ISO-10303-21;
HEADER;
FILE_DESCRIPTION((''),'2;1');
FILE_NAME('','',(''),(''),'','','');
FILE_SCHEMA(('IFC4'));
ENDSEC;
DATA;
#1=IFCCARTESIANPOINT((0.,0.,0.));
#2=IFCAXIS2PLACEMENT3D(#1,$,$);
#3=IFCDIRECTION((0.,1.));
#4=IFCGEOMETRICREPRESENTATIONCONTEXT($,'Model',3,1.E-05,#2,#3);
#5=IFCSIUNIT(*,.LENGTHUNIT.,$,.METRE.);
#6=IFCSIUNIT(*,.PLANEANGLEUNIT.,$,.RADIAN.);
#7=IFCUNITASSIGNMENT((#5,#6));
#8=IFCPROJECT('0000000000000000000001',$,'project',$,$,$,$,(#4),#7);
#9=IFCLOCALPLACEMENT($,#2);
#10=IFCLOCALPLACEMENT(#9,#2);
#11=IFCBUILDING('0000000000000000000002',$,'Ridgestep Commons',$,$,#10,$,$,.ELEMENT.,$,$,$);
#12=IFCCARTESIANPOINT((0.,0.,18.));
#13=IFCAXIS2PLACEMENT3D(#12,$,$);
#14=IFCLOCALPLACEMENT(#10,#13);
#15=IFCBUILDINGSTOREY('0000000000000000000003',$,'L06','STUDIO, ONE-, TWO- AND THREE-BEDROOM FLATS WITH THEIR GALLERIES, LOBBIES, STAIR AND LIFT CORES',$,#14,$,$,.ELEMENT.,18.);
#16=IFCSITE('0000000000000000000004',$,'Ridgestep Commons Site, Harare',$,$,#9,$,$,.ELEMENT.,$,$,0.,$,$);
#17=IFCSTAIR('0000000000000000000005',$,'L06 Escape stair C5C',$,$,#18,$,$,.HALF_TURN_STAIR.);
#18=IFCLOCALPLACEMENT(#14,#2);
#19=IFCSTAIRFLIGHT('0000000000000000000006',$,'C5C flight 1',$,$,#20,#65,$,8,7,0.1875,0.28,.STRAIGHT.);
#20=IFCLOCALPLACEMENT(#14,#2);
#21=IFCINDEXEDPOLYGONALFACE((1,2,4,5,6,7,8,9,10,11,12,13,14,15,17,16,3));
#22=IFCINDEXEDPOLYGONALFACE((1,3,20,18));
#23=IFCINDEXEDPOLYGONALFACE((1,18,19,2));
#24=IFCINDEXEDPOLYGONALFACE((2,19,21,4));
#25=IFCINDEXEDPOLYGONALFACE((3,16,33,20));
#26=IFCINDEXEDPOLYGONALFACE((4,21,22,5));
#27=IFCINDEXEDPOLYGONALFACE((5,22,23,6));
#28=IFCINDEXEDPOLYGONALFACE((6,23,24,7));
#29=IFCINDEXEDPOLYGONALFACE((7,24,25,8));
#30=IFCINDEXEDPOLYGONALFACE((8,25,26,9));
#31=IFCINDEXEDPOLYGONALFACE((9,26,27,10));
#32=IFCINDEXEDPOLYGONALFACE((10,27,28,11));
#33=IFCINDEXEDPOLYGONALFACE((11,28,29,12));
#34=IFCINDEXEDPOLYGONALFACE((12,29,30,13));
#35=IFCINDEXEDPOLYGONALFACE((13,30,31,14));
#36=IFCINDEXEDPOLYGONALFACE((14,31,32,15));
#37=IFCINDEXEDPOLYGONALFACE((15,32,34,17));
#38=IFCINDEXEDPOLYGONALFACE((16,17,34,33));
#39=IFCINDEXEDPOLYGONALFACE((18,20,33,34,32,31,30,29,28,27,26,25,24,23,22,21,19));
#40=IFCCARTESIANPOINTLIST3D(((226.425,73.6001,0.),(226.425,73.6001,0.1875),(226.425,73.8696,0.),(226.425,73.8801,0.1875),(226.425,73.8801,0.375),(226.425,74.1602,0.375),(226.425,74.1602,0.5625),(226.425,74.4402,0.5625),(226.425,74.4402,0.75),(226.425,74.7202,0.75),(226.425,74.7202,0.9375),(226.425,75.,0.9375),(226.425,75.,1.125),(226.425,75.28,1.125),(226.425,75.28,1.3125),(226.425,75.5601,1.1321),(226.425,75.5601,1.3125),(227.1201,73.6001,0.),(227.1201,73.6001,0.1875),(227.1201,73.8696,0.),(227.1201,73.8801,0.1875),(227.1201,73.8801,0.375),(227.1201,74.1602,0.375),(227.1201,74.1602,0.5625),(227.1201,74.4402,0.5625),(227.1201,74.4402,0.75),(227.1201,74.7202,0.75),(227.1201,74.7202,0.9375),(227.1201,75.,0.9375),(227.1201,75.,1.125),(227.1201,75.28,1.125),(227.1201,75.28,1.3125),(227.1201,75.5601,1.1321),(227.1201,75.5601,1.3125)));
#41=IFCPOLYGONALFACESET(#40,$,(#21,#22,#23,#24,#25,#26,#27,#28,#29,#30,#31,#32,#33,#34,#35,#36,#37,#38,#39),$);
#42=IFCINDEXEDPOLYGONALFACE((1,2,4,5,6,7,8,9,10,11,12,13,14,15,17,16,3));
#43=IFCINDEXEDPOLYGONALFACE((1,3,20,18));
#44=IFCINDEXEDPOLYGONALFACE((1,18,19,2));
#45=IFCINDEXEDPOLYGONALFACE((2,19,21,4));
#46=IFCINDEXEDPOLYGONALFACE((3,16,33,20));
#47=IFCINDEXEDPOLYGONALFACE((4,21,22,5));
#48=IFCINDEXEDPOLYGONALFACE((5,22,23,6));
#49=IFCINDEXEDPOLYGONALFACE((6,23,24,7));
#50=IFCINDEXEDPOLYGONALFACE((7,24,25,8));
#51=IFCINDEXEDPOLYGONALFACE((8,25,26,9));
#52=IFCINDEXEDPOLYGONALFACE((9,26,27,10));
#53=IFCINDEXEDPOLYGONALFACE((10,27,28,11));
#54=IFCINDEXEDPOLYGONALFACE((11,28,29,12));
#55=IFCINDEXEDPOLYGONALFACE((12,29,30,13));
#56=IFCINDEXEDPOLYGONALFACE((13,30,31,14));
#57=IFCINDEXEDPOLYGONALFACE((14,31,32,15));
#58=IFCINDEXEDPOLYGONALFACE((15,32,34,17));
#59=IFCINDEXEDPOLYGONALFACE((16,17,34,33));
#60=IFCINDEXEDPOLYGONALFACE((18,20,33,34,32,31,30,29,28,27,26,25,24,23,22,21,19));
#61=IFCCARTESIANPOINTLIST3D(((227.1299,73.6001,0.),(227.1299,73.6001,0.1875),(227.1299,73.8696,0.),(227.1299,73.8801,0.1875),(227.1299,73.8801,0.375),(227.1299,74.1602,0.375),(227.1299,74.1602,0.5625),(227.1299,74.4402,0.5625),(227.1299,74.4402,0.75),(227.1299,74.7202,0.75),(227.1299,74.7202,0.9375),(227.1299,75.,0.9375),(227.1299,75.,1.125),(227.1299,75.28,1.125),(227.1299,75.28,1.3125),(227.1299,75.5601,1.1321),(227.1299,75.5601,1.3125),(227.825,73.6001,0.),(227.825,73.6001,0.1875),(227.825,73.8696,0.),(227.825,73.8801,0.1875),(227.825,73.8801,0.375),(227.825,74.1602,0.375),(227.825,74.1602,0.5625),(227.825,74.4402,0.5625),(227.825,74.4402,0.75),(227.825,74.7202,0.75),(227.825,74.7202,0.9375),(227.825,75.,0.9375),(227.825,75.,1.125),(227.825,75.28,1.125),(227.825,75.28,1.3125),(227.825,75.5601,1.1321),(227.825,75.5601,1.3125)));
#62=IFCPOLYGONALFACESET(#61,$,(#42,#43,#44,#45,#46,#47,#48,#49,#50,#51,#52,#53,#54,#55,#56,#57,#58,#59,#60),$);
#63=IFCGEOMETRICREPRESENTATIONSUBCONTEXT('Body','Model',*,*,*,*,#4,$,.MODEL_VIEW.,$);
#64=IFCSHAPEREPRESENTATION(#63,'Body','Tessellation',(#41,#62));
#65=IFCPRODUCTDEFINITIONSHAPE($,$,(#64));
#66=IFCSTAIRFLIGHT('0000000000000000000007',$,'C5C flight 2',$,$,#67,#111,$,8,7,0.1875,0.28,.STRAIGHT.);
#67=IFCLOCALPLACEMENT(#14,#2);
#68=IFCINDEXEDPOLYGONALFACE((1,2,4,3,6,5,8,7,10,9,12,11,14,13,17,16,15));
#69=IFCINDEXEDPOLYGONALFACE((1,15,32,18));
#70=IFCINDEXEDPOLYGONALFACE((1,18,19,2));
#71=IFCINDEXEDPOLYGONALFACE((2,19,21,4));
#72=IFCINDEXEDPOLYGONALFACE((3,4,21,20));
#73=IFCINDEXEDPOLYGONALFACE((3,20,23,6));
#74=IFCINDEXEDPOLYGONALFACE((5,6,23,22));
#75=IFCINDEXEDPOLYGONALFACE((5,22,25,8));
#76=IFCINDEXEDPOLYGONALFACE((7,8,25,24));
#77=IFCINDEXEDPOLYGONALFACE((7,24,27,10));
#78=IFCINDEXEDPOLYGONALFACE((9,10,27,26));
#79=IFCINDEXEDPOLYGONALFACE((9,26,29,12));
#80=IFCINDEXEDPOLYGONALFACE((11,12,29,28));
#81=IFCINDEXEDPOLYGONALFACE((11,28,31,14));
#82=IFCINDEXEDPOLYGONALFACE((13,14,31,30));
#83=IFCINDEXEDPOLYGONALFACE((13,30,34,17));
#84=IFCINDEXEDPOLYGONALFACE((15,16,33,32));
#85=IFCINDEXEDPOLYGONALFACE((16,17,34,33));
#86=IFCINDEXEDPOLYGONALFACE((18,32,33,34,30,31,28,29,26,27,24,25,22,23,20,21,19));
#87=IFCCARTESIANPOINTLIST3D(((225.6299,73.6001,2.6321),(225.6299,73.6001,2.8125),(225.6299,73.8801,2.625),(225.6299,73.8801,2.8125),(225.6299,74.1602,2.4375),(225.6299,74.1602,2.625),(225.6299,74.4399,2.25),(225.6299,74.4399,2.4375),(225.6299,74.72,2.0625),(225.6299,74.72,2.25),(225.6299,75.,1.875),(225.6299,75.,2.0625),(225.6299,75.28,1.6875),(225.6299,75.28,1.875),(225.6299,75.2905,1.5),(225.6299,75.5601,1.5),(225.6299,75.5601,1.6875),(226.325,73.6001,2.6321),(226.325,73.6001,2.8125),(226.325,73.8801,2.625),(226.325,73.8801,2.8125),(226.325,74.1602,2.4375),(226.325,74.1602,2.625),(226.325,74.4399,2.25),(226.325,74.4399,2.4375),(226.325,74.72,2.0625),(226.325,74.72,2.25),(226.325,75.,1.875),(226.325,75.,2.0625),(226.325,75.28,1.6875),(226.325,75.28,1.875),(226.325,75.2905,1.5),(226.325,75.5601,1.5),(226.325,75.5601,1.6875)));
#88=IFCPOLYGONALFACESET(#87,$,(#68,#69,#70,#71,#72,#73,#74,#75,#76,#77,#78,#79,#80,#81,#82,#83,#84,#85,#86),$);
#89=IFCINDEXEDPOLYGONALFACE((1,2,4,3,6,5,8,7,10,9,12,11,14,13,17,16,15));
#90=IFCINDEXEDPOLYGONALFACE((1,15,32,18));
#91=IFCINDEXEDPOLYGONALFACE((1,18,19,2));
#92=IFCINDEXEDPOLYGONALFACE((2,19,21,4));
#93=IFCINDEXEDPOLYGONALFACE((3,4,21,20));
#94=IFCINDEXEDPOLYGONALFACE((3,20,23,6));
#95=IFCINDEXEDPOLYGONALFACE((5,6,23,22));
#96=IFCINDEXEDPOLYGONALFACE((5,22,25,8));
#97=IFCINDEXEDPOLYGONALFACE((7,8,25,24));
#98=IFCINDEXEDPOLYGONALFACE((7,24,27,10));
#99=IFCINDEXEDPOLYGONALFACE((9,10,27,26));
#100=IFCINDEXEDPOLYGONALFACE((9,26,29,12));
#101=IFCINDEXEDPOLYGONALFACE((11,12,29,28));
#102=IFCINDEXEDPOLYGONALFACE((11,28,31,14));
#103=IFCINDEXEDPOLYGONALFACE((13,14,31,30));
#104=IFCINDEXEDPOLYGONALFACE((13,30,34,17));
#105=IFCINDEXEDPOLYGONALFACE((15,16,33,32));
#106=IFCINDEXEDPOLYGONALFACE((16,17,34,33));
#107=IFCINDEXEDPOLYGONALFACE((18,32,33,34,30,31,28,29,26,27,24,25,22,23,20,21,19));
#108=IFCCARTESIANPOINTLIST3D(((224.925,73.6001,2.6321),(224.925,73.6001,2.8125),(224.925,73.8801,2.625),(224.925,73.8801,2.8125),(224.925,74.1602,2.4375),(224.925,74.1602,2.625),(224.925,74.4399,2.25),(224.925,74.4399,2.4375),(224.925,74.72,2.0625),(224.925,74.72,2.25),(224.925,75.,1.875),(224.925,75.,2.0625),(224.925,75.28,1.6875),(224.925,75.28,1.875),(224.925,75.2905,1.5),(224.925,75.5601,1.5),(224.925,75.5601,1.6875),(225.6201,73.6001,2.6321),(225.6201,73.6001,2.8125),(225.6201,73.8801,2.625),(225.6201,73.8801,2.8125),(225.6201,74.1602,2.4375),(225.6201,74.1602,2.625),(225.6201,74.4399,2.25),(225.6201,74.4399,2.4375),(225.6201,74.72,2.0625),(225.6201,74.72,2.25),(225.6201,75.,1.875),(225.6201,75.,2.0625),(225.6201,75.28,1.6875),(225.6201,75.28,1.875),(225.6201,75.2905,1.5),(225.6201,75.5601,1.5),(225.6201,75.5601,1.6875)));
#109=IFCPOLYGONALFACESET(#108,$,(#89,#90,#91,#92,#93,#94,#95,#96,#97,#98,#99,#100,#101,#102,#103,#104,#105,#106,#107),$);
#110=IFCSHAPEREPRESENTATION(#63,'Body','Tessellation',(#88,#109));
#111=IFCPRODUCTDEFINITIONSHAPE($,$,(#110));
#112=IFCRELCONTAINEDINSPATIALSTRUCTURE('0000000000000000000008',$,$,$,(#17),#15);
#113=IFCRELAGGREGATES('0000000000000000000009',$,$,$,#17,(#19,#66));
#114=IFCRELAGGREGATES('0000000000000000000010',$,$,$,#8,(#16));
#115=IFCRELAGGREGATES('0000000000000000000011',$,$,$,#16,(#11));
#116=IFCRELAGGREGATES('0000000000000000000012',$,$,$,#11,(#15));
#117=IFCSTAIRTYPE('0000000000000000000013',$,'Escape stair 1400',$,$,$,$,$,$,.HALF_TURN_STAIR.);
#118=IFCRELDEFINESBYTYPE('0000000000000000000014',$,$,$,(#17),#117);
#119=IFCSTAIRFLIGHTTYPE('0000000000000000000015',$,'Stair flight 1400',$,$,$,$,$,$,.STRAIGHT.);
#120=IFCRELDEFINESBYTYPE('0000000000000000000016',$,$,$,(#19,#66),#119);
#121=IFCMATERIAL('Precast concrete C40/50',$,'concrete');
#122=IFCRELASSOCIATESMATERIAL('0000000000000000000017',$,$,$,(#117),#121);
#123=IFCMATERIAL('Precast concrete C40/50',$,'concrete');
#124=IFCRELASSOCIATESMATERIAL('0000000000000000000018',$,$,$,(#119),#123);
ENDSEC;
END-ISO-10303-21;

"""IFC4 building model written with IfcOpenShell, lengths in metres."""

from ifc_helpers import new_model, si_unit, direction, frame, origin, place, context, subcontext, project, spatial, polyline, outline, extrude, material, type_object, element, aggregate, save


model = new_model("IFC4")

# Units and contexts
model_context = context("Model", 3, precision=1e-05, world=origin(), true_north=direction((0.0, 1.0)))
body_context = subcontext(model_context, "Body", "Model", "MODEL_VIEW")
ifc_project = project(units=[si_unit("LENGTHUNIT", "METRE"), si_unit("PLANEANGLEUNIT", "RADIAN")], contexts=[model_context])

# Site, building, storey
site_placement = place(None, origin())
site = spatial("IfcSite", under=ifc_project, at=site_placement, Name="Ridgestep Commons Site, Harare", CompositionType="ELEMENT", RefElevation=0.0)
building_placement = place(site_placement, origin())
building = spatial("IfcBuilding", under=site, at=building_placement, Name="Ridgestep Commons", CompositionType="ELEMENT")
storey_placement = place(building_placement, frame((0.0, 0.0, 18.0)))
storey = spatial("IfcBuildingStorey", under=building, at=storey_placement, Name="L06", Description="STUDIO, ONE-, TWO- AND THREE-BEDROOM FLATS WITH THEIR GALLERIES, LOBBIES, STAIR AND LIFT CORES", CompositionType="ELEMENT", Elevation=18.0)

# Stair, stair flights
ifc_material_1 = material(Name="Precast concrete C40/50", Category="concrete")
stair_type = type_object("IfcStairType", Name="Escape stair 1400", PredefinedType="HALF_TURN_STAIR", material=ifc_material_1)
stair_placement = place(storey_placement, origin())
stair = element("IfcStair", 1, at=stair_placement, inside=storey, type_object=stair_type, Name="L06 Escape stair C5C", PredefinedType="HALF_TURN_STAIR")
ifc_material_2 = material(Name="Precast concrete C40/50", Category="concrete")
stair_flight_type = type_object("IfcStairFlightType", Name="Stair flight 1400", PredefinedType="STRAIGHT", material=ifc_material_2)
stair_flight_1_placement = place(storey_placement, frame((227.125, 73.6001, 0.0), z_axis=(0.0, 0.0, 1.0), x_axis=(0.0, 1.0, 0.0)))
stair_flight_1 = element("IfcStairFlight", 2, at=stair_flight_1_placement, type_object=stair_flight_type, Name="C5C flight 1", NumberOfRisers=8, NumberOfTreads=7, PredefinedType="STRAIGHT", RiserHeight=0.1875, TreadLength=0.28, context=body_context, shape_type="SweptSolid", body=[
    extrude(outline(polyline([(0.0, 0.0), (0.0, 0.1875), (0.28, 0.1875), (0.28, 0.375), (0.5601, 0.375), (0.5601, 0.5625), (0.8401, 0.5625), (0.8401, 0.75), (1.1201, 0.75), (1.1201, 0.9375), (1.3999, 0.9375), (1.3999, 1.125), (1.6799, 1.125), (1.6799, 1.3125), (1.96, 1.3125), (1.96, 1.5), (1.96, 1.1321), (0.2695, 0.0), (0.0, 0.0)])), frame((0.0, 0.7, 0.0), z_axis=(0.0, -1.0, 0.0), x_axis=(1.0, 0.0, 0.0)), (0.0, 0.0, 1.0), 0.6951),
    extrude(outline(polyline([(0.0, 0.0), (0.0, 0.1875), (0.28, 0.1875), (0.28, 0.375), (0.5601, 0.375), (0.5601, 0.5625), (0.8401, 0.5625), (0.8401, 0.75), (1.1201, 0.75), (1.1201, 0.9375), (1.3999, 0.9375), (1.3999, 1.125), (1.6799, 1.125), (1.6799, 1.3125), (1.96, 1.3125), (1.96, 1.5), (1.96, 1.1321), (0.2695, 0.0), (0.0, 0.0)])), frame((0.0, -0.0049, 0.0), z_axis=(0.0, -1.0, 0.0), x_axis=(1.0, 0.0, 0.0)), (0.0, 0.0, 1.0), 0.6951),
])
stair_flight_2_placement = place(storey_placement, frame((225.625, 75.5601, 1.5), z_axis=(0.0, 0.0, 1.0), x_axis=(0.0, -1.0, 0.0)))
stair_flight_2 = element("IfcStairFlight", 3, at=stair_flight_2_placement, type_object=stair_flight_type, Name="C5C flight 2", NumberOfRisers=8, NumberOfTreads=7, PredefinedType="STRAIGHT", RiserHeight=0.1875, TreadLength=0.28, context=body_context, shape_type="SweptSolid", body=[
    extrude(outline(polyline([(0.0, 0.0), (0.0, 0.1875), (0.28, 0.1875), (0.28, 0.375), (0.5601, 0.375), (0.5601, 0.5625), (0.8401, 0.5625), (0.8401, 0.75), (1.1201, 0.75), (1.1201, 0.9375), (1.3999, 0.9375), (1.3999, 1.125), (1.6799, 1.125), (1.6799, 1.3125), (1.96, 1.3125), (1.96, 1.5), (1.96, 1.1321), (0.2695, 0.0), (0.0, 0.0)])), frame((0.0, 0.7, 0.0), z_axis=(0.0, -1.0, 0.0), x_axis=(1.0, 0.0, 0.0)), (0.0, 0.0, 1.0), 0.6951),
    extrude(outline(polyline([(0.0, 0.0), (0.0, 0.1875), (0.28, 0.1875), (0.28, 0.375), (0.5601, 0.375), (0.5601, 0.5625), (0.8401, 0.5625), (0.8401, 0.75), (1.1201, 0.75), (1.1201, 0.9375), (1.3999, 0.9375), (1.3999, 1.125), (1.6799, 1.125), (1.6799, 1.3125), (1.96, 1.3125), (1.96, 1.5), (1.96, 1.1321), (0.2695, 0.0), (0.0, 0.0)])), frame((0.0, -0.0049, 0.0), z_axis=(0.0, -1.0, 0.0), x_axis=(1.0, 0.0, 0.0)), (0.0, 0.0, 1.0), 0.6951),
])
aggregate(stair, [stair_flight_1, stair_flight_2])

save(model, "model.ifc")
